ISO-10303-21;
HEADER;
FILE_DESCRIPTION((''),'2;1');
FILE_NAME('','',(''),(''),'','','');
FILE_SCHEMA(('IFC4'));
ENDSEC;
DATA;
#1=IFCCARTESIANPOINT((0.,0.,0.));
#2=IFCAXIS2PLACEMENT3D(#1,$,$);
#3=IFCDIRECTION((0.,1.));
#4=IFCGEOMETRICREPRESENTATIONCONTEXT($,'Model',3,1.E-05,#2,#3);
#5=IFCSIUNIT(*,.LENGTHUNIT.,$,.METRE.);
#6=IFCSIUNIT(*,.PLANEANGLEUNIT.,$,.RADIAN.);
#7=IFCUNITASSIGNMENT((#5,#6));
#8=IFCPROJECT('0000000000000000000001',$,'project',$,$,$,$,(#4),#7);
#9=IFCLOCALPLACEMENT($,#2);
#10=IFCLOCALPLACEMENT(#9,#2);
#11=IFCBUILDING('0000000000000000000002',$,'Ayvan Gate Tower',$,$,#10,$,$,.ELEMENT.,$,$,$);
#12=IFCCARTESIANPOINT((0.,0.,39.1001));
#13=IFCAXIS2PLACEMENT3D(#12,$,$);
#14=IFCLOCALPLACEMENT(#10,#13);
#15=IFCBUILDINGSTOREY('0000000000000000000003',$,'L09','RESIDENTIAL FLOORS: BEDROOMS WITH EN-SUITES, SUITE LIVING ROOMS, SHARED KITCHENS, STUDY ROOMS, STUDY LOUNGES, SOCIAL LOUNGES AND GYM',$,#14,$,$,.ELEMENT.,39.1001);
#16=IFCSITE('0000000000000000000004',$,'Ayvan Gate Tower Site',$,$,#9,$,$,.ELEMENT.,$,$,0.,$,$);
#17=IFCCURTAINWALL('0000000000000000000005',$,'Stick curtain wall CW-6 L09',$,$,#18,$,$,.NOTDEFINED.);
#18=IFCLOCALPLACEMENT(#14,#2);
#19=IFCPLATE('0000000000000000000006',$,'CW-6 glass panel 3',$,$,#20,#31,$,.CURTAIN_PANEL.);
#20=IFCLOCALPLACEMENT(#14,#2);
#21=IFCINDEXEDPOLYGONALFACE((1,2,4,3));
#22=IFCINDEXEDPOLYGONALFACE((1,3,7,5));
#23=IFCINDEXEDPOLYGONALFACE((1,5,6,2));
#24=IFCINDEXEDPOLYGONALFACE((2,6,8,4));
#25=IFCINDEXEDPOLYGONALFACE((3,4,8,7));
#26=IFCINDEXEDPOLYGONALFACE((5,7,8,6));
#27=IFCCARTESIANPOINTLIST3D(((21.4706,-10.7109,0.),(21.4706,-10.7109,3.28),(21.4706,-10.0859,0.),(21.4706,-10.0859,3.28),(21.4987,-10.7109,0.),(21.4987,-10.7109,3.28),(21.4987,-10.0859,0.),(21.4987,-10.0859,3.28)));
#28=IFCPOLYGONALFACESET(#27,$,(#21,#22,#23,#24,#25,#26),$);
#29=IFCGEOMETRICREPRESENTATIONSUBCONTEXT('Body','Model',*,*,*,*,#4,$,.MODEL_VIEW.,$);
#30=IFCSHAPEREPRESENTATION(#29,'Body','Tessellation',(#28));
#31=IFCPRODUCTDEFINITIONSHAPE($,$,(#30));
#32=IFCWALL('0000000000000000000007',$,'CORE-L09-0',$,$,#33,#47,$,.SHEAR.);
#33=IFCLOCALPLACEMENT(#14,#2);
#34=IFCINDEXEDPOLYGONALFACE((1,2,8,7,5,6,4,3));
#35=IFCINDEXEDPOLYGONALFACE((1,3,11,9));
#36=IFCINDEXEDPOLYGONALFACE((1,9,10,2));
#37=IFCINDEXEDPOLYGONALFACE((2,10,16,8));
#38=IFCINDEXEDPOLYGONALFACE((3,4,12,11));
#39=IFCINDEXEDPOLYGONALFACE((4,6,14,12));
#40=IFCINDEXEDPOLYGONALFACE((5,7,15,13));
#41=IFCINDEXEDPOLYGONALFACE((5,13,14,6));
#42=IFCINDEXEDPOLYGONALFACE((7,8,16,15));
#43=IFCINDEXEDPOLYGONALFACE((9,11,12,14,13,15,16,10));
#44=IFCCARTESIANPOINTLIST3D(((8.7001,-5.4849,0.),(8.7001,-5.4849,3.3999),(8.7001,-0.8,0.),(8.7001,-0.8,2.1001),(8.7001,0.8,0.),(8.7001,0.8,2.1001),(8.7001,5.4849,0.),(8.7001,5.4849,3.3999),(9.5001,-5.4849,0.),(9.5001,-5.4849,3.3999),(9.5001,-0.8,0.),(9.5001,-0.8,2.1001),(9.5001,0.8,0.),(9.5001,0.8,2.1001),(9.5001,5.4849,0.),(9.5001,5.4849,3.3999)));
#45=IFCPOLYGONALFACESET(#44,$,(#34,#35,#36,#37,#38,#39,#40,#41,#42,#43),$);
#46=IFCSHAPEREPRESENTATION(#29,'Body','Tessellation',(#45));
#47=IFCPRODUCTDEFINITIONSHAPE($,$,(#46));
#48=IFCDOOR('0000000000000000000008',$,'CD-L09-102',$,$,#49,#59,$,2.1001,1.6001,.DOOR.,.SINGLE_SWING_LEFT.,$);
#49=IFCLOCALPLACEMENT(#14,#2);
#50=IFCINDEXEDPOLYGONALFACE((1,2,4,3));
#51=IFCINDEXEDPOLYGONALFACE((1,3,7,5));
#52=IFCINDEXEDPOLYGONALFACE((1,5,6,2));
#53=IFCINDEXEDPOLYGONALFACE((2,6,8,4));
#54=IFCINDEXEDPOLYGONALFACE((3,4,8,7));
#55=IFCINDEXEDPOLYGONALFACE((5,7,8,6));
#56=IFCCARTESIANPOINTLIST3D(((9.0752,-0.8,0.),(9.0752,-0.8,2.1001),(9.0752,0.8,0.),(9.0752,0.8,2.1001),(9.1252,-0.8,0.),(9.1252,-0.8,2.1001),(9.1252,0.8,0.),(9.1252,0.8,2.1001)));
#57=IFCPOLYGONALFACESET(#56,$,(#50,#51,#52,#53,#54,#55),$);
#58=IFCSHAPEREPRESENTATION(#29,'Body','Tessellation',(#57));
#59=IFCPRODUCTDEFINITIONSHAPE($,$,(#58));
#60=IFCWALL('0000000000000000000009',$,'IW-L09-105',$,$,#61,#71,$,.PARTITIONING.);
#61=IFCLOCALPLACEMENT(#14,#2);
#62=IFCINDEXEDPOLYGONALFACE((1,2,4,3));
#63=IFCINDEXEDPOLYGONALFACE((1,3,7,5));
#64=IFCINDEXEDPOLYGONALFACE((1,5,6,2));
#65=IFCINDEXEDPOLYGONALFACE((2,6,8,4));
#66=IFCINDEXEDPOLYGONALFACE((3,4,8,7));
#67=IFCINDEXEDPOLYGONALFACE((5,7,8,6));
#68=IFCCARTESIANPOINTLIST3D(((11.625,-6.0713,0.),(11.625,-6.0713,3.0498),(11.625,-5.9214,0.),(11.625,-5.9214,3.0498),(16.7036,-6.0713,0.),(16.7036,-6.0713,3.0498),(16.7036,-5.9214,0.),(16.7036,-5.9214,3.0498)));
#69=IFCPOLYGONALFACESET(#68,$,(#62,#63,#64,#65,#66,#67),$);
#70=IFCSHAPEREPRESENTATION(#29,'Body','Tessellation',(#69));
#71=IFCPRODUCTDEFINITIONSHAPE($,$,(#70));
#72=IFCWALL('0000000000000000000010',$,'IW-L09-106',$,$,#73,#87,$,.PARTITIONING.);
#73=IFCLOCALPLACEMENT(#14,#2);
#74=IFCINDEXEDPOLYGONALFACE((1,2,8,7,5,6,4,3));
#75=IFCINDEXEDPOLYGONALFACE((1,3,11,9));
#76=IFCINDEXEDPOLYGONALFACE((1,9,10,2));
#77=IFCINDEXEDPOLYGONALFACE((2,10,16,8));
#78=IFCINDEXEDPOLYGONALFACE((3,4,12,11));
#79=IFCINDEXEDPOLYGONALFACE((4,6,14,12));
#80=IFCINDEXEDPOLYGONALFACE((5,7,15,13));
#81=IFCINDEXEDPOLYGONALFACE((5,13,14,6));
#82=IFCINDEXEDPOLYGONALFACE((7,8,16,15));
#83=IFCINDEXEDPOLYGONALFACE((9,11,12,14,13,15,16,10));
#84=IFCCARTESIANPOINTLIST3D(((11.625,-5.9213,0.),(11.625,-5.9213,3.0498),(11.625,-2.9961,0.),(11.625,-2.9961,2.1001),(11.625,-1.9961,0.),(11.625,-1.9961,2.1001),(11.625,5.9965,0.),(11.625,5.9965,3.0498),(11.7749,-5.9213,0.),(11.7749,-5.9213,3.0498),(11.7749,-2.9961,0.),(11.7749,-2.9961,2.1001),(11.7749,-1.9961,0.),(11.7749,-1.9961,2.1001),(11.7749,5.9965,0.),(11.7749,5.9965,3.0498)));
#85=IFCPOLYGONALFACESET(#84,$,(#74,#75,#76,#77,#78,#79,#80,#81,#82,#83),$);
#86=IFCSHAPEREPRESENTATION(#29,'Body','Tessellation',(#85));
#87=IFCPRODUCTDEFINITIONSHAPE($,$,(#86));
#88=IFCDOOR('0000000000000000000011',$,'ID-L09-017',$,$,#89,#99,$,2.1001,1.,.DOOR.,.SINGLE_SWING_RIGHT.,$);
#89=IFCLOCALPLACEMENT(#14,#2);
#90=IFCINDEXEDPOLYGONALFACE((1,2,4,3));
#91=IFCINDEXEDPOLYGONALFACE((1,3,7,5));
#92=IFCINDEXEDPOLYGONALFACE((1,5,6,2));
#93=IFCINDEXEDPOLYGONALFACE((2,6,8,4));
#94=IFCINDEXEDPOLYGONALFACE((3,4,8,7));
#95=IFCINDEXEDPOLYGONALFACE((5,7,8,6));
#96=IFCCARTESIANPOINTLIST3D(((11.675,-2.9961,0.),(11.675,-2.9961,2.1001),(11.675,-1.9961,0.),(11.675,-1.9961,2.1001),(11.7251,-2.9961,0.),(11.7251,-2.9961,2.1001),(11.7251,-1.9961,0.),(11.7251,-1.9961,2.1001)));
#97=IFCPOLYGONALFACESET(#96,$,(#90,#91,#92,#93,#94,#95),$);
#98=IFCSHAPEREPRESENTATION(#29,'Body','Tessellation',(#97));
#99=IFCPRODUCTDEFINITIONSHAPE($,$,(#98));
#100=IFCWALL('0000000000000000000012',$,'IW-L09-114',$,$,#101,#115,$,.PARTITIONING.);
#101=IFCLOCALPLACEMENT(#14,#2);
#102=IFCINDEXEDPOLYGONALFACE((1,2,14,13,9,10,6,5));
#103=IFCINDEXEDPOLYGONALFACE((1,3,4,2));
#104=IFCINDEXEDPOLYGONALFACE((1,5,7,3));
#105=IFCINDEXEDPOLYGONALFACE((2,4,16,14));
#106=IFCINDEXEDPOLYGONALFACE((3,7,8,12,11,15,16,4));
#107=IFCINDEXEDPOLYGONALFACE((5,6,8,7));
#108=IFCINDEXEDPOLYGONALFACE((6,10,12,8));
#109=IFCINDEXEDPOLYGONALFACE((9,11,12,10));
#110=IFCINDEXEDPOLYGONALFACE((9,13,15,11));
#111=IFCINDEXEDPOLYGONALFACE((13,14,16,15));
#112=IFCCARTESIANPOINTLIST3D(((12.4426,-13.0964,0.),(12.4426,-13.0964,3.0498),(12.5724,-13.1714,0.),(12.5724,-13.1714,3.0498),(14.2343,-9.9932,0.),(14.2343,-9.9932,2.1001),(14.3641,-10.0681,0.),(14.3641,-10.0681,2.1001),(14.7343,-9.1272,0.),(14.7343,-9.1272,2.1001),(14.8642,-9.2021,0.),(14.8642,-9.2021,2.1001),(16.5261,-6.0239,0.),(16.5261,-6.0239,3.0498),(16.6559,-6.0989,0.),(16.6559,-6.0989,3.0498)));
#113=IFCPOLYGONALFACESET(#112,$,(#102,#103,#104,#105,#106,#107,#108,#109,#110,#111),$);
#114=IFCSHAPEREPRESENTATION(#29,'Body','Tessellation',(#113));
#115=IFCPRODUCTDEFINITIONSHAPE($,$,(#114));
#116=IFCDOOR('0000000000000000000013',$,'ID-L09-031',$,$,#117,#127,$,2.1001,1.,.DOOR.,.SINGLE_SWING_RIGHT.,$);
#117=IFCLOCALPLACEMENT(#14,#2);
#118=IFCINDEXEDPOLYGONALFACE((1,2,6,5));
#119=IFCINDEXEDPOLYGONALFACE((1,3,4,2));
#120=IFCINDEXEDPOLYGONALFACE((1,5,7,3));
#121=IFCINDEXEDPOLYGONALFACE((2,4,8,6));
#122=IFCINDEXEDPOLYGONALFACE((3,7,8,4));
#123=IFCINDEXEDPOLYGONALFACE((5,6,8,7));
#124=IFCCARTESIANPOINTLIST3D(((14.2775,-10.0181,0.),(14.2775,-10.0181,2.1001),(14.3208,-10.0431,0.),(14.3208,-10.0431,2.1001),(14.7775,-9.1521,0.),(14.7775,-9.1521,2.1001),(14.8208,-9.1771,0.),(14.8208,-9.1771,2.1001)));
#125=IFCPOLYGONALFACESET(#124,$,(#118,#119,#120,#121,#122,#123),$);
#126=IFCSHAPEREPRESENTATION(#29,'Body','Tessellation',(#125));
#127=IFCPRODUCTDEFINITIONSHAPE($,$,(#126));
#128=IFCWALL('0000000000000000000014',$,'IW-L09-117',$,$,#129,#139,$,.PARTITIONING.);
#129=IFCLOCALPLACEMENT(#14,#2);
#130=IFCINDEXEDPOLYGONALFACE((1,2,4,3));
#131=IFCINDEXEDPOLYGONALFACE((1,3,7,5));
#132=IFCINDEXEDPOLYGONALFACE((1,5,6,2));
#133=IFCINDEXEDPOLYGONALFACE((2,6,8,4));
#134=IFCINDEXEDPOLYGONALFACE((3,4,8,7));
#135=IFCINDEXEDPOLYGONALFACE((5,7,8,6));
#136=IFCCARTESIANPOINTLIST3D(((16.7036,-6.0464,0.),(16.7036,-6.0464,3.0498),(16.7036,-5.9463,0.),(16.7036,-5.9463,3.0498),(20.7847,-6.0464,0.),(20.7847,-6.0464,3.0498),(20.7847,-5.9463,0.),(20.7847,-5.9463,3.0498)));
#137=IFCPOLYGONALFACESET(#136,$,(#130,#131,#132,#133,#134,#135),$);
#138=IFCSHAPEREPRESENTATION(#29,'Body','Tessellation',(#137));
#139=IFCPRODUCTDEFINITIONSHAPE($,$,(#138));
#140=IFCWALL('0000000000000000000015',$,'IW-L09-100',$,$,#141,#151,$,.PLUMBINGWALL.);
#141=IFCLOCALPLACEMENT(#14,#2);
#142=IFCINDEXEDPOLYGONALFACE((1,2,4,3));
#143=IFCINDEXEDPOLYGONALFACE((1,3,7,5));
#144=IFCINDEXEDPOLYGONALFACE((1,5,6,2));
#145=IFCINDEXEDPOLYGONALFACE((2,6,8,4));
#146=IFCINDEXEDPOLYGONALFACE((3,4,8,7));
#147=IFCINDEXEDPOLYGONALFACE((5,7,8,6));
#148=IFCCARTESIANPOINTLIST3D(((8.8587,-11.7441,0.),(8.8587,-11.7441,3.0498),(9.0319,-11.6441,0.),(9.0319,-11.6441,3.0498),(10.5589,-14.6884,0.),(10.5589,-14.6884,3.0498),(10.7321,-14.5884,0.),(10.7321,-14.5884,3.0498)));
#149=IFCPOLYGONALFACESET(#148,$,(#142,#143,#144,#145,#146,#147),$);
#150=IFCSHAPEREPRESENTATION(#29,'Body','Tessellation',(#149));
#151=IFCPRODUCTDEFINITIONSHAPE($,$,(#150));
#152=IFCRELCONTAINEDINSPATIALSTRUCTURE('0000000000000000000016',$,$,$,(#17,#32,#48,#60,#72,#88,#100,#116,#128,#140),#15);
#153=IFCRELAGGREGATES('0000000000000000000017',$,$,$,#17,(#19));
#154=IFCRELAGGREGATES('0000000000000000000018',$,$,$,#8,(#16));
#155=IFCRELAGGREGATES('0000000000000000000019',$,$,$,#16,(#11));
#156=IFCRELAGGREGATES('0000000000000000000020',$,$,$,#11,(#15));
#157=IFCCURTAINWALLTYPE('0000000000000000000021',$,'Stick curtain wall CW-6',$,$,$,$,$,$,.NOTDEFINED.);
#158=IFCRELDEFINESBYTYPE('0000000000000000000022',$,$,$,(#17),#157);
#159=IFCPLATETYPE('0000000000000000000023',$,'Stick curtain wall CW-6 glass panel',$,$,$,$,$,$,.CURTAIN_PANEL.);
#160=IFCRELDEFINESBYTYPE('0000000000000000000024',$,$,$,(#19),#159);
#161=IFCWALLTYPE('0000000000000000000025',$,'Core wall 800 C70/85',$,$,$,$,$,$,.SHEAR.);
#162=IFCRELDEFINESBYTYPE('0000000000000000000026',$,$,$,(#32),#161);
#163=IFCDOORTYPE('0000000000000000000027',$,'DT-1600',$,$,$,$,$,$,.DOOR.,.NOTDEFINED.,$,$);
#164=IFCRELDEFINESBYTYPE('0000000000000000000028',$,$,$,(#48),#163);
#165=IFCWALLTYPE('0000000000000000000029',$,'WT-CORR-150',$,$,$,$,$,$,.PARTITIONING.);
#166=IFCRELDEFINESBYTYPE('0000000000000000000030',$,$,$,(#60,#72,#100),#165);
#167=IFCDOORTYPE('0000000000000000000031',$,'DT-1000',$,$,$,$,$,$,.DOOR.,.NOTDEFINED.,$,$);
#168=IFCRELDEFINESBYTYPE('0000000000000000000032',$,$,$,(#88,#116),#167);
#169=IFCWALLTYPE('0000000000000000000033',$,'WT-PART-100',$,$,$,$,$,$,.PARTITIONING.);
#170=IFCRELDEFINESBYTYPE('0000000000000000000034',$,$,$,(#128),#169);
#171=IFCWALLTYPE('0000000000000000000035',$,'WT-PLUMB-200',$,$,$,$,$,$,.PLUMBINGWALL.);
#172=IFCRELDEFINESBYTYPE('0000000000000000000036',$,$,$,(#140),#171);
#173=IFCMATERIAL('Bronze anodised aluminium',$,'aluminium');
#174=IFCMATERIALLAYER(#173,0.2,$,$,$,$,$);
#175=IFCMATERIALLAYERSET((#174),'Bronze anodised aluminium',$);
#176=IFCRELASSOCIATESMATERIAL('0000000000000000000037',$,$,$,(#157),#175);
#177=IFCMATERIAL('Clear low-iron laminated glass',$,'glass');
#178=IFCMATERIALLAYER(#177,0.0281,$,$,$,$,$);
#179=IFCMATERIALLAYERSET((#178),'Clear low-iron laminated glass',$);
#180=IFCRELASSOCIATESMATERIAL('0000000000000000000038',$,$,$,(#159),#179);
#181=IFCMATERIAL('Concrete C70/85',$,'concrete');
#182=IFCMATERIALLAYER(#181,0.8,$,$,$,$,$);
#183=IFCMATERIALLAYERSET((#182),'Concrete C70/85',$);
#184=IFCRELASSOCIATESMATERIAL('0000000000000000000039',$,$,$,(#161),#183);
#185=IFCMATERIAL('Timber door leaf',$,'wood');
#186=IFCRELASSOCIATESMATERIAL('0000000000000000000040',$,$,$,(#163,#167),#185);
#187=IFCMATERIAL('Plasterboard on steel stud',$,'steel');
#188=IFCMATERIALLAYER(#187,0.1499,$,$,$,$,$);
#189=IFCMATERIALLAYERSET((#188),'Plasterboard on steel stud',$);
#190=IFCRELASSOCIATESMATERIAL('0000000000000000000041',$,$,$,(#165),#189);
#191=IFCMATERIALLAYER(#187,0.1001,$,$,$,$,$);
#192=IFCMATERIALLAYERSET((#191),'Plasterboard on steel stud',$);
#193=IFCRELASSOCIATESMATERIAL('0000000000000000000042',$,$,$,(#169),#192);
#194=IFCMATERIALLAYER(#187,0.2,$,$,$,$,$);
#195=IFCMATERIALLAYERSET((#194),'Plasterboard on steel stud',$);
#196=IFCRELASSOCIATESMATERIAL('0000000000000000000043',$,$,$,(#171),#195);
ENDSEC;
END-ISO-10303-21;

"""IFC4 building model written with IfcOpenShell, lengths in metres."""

from ifc_helpers import new_model, si_unit, direction, frame, frame_2d, origin, origin_2d, place, context, subcontext, project, spatial, rectangle, extrude, material, layer, layer_set, type_object, element, fill, aggregate, save


model = new_model("IFC4")

# Units and contexts
model_context = context("Model", 3, precision=1e-05, world=origin(), true_north=direction((0.0, 1.0)))
body_context = subcontext(model_context, "Body", "Model", "MODEL_VIEW")
ifc_project = project(units=[si_unit("LENGTHUNIT", "METRE"), si_unit("PLANEANGLEUNIT", "RADIAN")], contexts=[model_context])

# Site, building, storey
site_placement = place(None, origin())
site = spatial("IfcSite", under=ifc_project, at=site_placement, Name="Ayvan Gate Tower Site", CompositionType="ELEMENT", RefElevation=0.0)
building_placement = place(site_placement, origin())
building = spatial("IfcBuilding", under=site, at=building_placement, Name="Ayvan Gate Tower", CompositionType="ELEMENT")
storey_placement = place(building_placement, frame((0.0, 0.0, 39.1001)))
storey = spatial("IfcBuildingStorey", under=building, at=storey_placement, Name="L09", Description="RESIDENTIAL FLOORS: BEDROOMS WITH EN-SUITES, SUITE LIVING ROOMS, SHARED KITCHENS, STUDY ROOMS, STUDY LOUNGES, SOCIAL LOUNGES AND GYM", CompositionType="ELEMENT", Elevation=39.1001)

# Shared definitions
ifc_material_1 = material(Name="Concrete C70/85", Category="concrete")

# Curtain wall
ifc_material_2 = material(Name="Bronze anodised aluminium", Category="aluminium")
ifc_layer_1 = layer(ifc_material_2, 0.2)
ifc_layer_set_1 = layer_set([ifc_layer_1], Name="Bronze anodised aluminium")
curtain_wall_type_1 = type_object("IfcCurtainWallType", Name="Stick curtain wall CW-6", PredefinedType="NOTDEFINED", material=ifc_layer_set_1)
curtain_wall_1_placement = place(storey_placement, origin())
curtain_wall_1 = element("IfcCurtainWall", 1, at=curtain_wall_1_placement, inside=storey, type_object=curtain_wall_type_1, Name="Stick curtain wall CW-6 L09", PredefinedType="NOTDEFINED")

# Plate
ifc_material_3 = material(Name="Clear low-iron laminated glass", Category="glass")
ifc_layer_2 = layer(ifc_material_3, 0.0281)
ifc_layer_set_2 = layer_set([ifc_layer_2], Name="Clear low-iron laminated glass")
plate_type_1 = type_object("IfcPlateType", Name="Stick curtain wall CW-6 glass panel", PredefinedType="CURTAIN_PANEL", material=ifc_layer_set_2)
plate_1_placement = place(storey_placement, frame((21.4846, -10.3984, 0.0), z_axis=(0.0, 0.0, 1.0), x_axis=(0.0, 1.0, 0.0)))
plate_1 = element("IfcPlate", 2, at=plate_1_placement, type_object=plate_type_1, Name="CW-6 glass panel 3", PredefinedType="CURTAIN_PANEL", context=body_context, shape_type="SweptSolid", body=[
    extrude(rectangle(XDim=0.625, YDim=0.0281, at=origin_2d()), origin(), (0.0, 0.0, 1.0), 3.28),
])
aggregate(curtain_wall_1, [plate_1])

# Wall, opening, door
ifc_layer_3 = layer(ifc_material_1, 0.8)
ifc_layer_set_3 = layer_set([ifc_layer_3], Name="Concrete C70/85")
wall_type_1 = type_object("IfcWallType", Name="Core wall 800 C70/85", PredefinedType="SHEAR", material=ifc_layer_set_3)
wall_1_placement = place(storey_placement, frame((9.1001, -5.4849, 0.0), z_axis=(0.0, 0.0, 1.0), x_axis=(0.0, 1.0, 0.0)))
wall_1 = element("IfcWall", 3, at=wall_1_placement, inside=storey, type_object=wall_type_1, Name="CORE-L09-0", PredefinedType="SHEAR", context=body_context, shape_type="SweptSolid", body=[
    extrude(rectangle(XDim=10.9697, YDim=0.8, at=frame_2d((5.4849, 0.0))), origin(), (0.0, 0.0, 1.0), 3.3999),
])
opening_1_placement = place(wall_1_placement, frame((4.6848, 0.0, 0.0)))
opening_1 = element("IfcOpeningElement", 4, at=opening_1_placement, cuts=wall_1, PredefinedType="OPENING", context=body_context, shape_type="SweptSolid", body=[
    extrude(rectangle(XDim=1.6001, YDim=2.1001, at=frame_2d((0.8, 1.05))), frame((0.0, 0.4099, 0.0), z_axis=(0.0, -1.0, 0.0), x_axis=(1.0, 0.0, 0.0)), (0.0, 0.0, 1.0), 0.8201),
])
ifc_material_4 = material(Name="Timber door leaf", Category="wood")
door_type_1 = type_object("IfcDoorType", Name="DT-1600", OperationType="NOTDEFINED", PredefinedType="DOOR", material=ifc_material_4)
door_1_placement = place(opening_1_placement, origin())
door_1 = element("IfcDoor", 5, at=door_1_placement, inside=storey, type_object=door_type_1, Name="CD-L09-102", OperationType="SINGLE_SWING_LEFT", OverallHeight=2.1001, OverallWidth=1.6001, PredefinedType="DOOR", context=body_context, shape_type="SweptSolid", body=[
    extrude(rectangle(XDim=1.6001, YDim=2.1001, at=frame_2d((0.8, 1.05))), frame((0.0, 0.0249, 0.0), z_axis=(0.0, -1.0, 0.0), x_axis=(1.0, 0.0, 0.0)), (0.0, 0.0, 1.0), 0.05),
])
fill(opening_1, door_1)

# Wall
ifc_material_5 = material(Name="Plasterboard on steel stud", Category="steel")
ifc_layer_4 = layer(ifc_material_5, 0.1499)
ifc_layer_set_4 = layer_set([ifc_layer_4], Name="Plasterboard on steel stud")
wall_type_2 = type_object("IfcWallType", Name="WT-CORR-150", PredefinedType="PARTITIONING", material=ifc_layer_set_4)
wall_2_placement = place(storey_placement, frame((11.625, -5.9963, 0.0), z_axis=(0.0, 0.0, 1.0), x_axis=(1.0, 0.0, 0.0)))
element("IfcWall", 6, at=wall_2_placement, inside=storey, type_object=wall_type_2, Name="IW-L09-105", PredefinedType="PARTITIONING", context=body_context, shape_type="SweptSolid", body=[
    extrude(rectangle(XDim=5.0786, YDim=0.1499, at=frame_2d((2.5393, 0.0))), origin(), (0.0, 0.0, 1.0), 3.0498),
])

# Walls, openings, doors
wall_3_placement = place(storey_placement, frame((11.7, -5.9214, 0.0), z_axis=(0.0, 0.0, 1.0), x_axis=(0.0, 1.0, 0.0)))
wall_3 = element("IfcWall", 7, at=wall_3_placement, inside=storey, type_object=wall_type_2, Name="IW-L09-106", PredefinedType="PARTITIONING", context=body_context, shape_type="SweptSolid", body=[
    extrude(rectangle(XDim=11.9177, YDim=0.1499, at=frame_2d((5.959, 0.0))), origin(), (0.0, 0.0, 1.0), 3.0498),
])
opening_2_placement = place(wall_3_placement, frame((2.9253, 0.0, 0.0)))
opening_2 = element("IfcOpeningElement", 8, at=opening_2_placement, cuts=wall_3, PredefinedType="OPENING", context=body_context, shape_type="SweptSolid", body=[
    extrude(rectangle(XDim=1.0, YDim=2.1001, at=frame_2d((0.5, 1.05))), frame((0.0, 0.085, 0.0), z_axis=(0.0, -1.0, 0.0), x_axis=(1.0, 0.0, 0.0)), (0.0, 0.0, 1.0), 0.1699),
])
door_type_2 = type_object("IfcDoorType", Name="DT-1000", OperationType="NOTDEFINED", PredefinedType="DOOR", material=ifc_material_4)
door_2_placement = place(opening_2_placement, origin())
door_2 = element("IfcDoor", 9, at=door_2_placement, inside=storey, type_object=door_type_2, Name="ID-L09-017", OperationType="SINGLE_SWING_RIGHT", OverallHeight=2.1001, OverallWidth=1.0, PredefinedType="DOOR", context=body_context, shape_type="SweptSolid", body=[
    extrude(rectangle(XDim=1.0, YDim=2.1001, at=frame_2d((0.5, 1.05))), frame((0.0, 0.0249, 0.0), z_axis=(0.0, -1.0, 0.0), x_axis=(1.0, 0.0, 0.0)), (0.0, 0.0, 1.0), 0.05),
])
fill(opening_2, door_2)
wall_4_placement = place(storey_placement, frame((16.5911, -6.0613, 0.0), z_axis=(0.0, 0.0, 1.0), x_axis=(-0.500017, -0.866016, 0.0)))
wall_4 = element("IfcWall", 10, at=wall_4_placement, inside=storey, type_object=wall_type_2, Name="IW-L09-114", PredefinedType="PARTITIONING", context=body_context, shape_type="SweptSolid", body=[
    extrude(rectangle(XDim=8.1667, YDim=0.1499, at=frame_2d((4.0835, 0.0))), origin(), (0.0, 0.0, 1.0), 3.0498),
])
opening_3_placement = place(wall_4_placement, frame((3.5835, 0.0, 0.0)))
opening_3 = element("IfcOpeningElement", 11, at=opening_3_placement, cuts=wall_4, PredefinedType="OPENING", context=body_context, shape_type="SweptSolid", body=[
    extrude(rectangle(XDim=1.0, YDim=2.1001, at=frame_2d((0.5, 1.05))), frame((0.0, 0.085, 0.0), z_axis=(0.0, -1.0, 0.0), x_axis=(1.0, 0.0, 0.0)), (0.0, 0.0, 1.0), 0.1699),
])
door_3_placement = place(opening_3_placement, origin())
door_3 = element("IfcDoor", 12, at=door_3_placement, inside=storey, type_object=door_type_2, Name="ID-L09-031", OperationType="SINGLE_SWING_RIGHT", OverallHeight=2.1001, OverallWidth=1.0, PredefinedType="DOOR", context=body_context, shape_type="SweptSolid", body=[
    extrude(rectangle(XDim=1.0, YDim=2.1001, at=frame_2d((0.5, 1.05))), frame((0.0, 0.0249, 0.0), z_axis=(0.0, -1.0, 0.0), x_axis=(1.0, 0.0, 0.0)), (0.0, 0.0, 1.0), 0.05),
])
fill(opening_3, door_3)

# Walls
ifc_layer_5 = layer(ifc_material_5, 0.1001)
ifc_layer_set_5 = layer_set([ifc_layer_5], Name="Plasterboard on steel stud")
wall_type_3 = type_object("IfcWallType", Name="WT-PART-100", PredefinedType="PARTITIONING", material=ifc_layer_set_5)
wall_5_placement = place(storey_placement, frame((20.7847, -5.9963, 0.0), z_axis=(0.0, 0.0, 1.0), x_axis=(-1.0, 0.0, 0.0)))
element("IfcWall", 13, at=wall_5_placement, inside=storey, type_object=wall_type_3, Name="IW-L09-117", PredefinedType="PARTITIONING", context=body_context, shape_type="SweptSolid", body=[
    extrude(rectangle(XDim=4.0811, YDim=0.1001, at=frame_2d((2.0405, 0.0))), origin(), (0.0, 0.0, 1.0), 3.0498),
])
ifc_layer_6 = layer(ifc_material_5, 0.2)
ifc_layer_set_6 = layer_set([ifc_layer_6], Name="Plasterboard on steel stud")
wall_type_4 = type_object("IfcWallType", Name="WT-PLUMB-200", PredefinedType="PLUMBINGWALL", material=ifc_layer_set_6)
wall_6_placement = place(storey_placement, frame((8.9453, -11.6941, 0.0), z_axis=(0.0, 0.0, 1.0), x_axis=(0.500062, -0.865989, 0.0)))
element("IfcWall", 14, at=wall_6_placement, inside=storey, type_object=wall_type_4, Name="IW-L09-100", PredefinedType="PLUMBINGWALL", context=body_context, shape_type="SweptSolid", body=[
    extrude(rectangle(XDim=3.3999, YDim=0.2, at=frame_2d((1.7, 0.0))), origin(), (0.0, 0.0, 1.0), 3.0498),
])

save(model, "model.ifc")
